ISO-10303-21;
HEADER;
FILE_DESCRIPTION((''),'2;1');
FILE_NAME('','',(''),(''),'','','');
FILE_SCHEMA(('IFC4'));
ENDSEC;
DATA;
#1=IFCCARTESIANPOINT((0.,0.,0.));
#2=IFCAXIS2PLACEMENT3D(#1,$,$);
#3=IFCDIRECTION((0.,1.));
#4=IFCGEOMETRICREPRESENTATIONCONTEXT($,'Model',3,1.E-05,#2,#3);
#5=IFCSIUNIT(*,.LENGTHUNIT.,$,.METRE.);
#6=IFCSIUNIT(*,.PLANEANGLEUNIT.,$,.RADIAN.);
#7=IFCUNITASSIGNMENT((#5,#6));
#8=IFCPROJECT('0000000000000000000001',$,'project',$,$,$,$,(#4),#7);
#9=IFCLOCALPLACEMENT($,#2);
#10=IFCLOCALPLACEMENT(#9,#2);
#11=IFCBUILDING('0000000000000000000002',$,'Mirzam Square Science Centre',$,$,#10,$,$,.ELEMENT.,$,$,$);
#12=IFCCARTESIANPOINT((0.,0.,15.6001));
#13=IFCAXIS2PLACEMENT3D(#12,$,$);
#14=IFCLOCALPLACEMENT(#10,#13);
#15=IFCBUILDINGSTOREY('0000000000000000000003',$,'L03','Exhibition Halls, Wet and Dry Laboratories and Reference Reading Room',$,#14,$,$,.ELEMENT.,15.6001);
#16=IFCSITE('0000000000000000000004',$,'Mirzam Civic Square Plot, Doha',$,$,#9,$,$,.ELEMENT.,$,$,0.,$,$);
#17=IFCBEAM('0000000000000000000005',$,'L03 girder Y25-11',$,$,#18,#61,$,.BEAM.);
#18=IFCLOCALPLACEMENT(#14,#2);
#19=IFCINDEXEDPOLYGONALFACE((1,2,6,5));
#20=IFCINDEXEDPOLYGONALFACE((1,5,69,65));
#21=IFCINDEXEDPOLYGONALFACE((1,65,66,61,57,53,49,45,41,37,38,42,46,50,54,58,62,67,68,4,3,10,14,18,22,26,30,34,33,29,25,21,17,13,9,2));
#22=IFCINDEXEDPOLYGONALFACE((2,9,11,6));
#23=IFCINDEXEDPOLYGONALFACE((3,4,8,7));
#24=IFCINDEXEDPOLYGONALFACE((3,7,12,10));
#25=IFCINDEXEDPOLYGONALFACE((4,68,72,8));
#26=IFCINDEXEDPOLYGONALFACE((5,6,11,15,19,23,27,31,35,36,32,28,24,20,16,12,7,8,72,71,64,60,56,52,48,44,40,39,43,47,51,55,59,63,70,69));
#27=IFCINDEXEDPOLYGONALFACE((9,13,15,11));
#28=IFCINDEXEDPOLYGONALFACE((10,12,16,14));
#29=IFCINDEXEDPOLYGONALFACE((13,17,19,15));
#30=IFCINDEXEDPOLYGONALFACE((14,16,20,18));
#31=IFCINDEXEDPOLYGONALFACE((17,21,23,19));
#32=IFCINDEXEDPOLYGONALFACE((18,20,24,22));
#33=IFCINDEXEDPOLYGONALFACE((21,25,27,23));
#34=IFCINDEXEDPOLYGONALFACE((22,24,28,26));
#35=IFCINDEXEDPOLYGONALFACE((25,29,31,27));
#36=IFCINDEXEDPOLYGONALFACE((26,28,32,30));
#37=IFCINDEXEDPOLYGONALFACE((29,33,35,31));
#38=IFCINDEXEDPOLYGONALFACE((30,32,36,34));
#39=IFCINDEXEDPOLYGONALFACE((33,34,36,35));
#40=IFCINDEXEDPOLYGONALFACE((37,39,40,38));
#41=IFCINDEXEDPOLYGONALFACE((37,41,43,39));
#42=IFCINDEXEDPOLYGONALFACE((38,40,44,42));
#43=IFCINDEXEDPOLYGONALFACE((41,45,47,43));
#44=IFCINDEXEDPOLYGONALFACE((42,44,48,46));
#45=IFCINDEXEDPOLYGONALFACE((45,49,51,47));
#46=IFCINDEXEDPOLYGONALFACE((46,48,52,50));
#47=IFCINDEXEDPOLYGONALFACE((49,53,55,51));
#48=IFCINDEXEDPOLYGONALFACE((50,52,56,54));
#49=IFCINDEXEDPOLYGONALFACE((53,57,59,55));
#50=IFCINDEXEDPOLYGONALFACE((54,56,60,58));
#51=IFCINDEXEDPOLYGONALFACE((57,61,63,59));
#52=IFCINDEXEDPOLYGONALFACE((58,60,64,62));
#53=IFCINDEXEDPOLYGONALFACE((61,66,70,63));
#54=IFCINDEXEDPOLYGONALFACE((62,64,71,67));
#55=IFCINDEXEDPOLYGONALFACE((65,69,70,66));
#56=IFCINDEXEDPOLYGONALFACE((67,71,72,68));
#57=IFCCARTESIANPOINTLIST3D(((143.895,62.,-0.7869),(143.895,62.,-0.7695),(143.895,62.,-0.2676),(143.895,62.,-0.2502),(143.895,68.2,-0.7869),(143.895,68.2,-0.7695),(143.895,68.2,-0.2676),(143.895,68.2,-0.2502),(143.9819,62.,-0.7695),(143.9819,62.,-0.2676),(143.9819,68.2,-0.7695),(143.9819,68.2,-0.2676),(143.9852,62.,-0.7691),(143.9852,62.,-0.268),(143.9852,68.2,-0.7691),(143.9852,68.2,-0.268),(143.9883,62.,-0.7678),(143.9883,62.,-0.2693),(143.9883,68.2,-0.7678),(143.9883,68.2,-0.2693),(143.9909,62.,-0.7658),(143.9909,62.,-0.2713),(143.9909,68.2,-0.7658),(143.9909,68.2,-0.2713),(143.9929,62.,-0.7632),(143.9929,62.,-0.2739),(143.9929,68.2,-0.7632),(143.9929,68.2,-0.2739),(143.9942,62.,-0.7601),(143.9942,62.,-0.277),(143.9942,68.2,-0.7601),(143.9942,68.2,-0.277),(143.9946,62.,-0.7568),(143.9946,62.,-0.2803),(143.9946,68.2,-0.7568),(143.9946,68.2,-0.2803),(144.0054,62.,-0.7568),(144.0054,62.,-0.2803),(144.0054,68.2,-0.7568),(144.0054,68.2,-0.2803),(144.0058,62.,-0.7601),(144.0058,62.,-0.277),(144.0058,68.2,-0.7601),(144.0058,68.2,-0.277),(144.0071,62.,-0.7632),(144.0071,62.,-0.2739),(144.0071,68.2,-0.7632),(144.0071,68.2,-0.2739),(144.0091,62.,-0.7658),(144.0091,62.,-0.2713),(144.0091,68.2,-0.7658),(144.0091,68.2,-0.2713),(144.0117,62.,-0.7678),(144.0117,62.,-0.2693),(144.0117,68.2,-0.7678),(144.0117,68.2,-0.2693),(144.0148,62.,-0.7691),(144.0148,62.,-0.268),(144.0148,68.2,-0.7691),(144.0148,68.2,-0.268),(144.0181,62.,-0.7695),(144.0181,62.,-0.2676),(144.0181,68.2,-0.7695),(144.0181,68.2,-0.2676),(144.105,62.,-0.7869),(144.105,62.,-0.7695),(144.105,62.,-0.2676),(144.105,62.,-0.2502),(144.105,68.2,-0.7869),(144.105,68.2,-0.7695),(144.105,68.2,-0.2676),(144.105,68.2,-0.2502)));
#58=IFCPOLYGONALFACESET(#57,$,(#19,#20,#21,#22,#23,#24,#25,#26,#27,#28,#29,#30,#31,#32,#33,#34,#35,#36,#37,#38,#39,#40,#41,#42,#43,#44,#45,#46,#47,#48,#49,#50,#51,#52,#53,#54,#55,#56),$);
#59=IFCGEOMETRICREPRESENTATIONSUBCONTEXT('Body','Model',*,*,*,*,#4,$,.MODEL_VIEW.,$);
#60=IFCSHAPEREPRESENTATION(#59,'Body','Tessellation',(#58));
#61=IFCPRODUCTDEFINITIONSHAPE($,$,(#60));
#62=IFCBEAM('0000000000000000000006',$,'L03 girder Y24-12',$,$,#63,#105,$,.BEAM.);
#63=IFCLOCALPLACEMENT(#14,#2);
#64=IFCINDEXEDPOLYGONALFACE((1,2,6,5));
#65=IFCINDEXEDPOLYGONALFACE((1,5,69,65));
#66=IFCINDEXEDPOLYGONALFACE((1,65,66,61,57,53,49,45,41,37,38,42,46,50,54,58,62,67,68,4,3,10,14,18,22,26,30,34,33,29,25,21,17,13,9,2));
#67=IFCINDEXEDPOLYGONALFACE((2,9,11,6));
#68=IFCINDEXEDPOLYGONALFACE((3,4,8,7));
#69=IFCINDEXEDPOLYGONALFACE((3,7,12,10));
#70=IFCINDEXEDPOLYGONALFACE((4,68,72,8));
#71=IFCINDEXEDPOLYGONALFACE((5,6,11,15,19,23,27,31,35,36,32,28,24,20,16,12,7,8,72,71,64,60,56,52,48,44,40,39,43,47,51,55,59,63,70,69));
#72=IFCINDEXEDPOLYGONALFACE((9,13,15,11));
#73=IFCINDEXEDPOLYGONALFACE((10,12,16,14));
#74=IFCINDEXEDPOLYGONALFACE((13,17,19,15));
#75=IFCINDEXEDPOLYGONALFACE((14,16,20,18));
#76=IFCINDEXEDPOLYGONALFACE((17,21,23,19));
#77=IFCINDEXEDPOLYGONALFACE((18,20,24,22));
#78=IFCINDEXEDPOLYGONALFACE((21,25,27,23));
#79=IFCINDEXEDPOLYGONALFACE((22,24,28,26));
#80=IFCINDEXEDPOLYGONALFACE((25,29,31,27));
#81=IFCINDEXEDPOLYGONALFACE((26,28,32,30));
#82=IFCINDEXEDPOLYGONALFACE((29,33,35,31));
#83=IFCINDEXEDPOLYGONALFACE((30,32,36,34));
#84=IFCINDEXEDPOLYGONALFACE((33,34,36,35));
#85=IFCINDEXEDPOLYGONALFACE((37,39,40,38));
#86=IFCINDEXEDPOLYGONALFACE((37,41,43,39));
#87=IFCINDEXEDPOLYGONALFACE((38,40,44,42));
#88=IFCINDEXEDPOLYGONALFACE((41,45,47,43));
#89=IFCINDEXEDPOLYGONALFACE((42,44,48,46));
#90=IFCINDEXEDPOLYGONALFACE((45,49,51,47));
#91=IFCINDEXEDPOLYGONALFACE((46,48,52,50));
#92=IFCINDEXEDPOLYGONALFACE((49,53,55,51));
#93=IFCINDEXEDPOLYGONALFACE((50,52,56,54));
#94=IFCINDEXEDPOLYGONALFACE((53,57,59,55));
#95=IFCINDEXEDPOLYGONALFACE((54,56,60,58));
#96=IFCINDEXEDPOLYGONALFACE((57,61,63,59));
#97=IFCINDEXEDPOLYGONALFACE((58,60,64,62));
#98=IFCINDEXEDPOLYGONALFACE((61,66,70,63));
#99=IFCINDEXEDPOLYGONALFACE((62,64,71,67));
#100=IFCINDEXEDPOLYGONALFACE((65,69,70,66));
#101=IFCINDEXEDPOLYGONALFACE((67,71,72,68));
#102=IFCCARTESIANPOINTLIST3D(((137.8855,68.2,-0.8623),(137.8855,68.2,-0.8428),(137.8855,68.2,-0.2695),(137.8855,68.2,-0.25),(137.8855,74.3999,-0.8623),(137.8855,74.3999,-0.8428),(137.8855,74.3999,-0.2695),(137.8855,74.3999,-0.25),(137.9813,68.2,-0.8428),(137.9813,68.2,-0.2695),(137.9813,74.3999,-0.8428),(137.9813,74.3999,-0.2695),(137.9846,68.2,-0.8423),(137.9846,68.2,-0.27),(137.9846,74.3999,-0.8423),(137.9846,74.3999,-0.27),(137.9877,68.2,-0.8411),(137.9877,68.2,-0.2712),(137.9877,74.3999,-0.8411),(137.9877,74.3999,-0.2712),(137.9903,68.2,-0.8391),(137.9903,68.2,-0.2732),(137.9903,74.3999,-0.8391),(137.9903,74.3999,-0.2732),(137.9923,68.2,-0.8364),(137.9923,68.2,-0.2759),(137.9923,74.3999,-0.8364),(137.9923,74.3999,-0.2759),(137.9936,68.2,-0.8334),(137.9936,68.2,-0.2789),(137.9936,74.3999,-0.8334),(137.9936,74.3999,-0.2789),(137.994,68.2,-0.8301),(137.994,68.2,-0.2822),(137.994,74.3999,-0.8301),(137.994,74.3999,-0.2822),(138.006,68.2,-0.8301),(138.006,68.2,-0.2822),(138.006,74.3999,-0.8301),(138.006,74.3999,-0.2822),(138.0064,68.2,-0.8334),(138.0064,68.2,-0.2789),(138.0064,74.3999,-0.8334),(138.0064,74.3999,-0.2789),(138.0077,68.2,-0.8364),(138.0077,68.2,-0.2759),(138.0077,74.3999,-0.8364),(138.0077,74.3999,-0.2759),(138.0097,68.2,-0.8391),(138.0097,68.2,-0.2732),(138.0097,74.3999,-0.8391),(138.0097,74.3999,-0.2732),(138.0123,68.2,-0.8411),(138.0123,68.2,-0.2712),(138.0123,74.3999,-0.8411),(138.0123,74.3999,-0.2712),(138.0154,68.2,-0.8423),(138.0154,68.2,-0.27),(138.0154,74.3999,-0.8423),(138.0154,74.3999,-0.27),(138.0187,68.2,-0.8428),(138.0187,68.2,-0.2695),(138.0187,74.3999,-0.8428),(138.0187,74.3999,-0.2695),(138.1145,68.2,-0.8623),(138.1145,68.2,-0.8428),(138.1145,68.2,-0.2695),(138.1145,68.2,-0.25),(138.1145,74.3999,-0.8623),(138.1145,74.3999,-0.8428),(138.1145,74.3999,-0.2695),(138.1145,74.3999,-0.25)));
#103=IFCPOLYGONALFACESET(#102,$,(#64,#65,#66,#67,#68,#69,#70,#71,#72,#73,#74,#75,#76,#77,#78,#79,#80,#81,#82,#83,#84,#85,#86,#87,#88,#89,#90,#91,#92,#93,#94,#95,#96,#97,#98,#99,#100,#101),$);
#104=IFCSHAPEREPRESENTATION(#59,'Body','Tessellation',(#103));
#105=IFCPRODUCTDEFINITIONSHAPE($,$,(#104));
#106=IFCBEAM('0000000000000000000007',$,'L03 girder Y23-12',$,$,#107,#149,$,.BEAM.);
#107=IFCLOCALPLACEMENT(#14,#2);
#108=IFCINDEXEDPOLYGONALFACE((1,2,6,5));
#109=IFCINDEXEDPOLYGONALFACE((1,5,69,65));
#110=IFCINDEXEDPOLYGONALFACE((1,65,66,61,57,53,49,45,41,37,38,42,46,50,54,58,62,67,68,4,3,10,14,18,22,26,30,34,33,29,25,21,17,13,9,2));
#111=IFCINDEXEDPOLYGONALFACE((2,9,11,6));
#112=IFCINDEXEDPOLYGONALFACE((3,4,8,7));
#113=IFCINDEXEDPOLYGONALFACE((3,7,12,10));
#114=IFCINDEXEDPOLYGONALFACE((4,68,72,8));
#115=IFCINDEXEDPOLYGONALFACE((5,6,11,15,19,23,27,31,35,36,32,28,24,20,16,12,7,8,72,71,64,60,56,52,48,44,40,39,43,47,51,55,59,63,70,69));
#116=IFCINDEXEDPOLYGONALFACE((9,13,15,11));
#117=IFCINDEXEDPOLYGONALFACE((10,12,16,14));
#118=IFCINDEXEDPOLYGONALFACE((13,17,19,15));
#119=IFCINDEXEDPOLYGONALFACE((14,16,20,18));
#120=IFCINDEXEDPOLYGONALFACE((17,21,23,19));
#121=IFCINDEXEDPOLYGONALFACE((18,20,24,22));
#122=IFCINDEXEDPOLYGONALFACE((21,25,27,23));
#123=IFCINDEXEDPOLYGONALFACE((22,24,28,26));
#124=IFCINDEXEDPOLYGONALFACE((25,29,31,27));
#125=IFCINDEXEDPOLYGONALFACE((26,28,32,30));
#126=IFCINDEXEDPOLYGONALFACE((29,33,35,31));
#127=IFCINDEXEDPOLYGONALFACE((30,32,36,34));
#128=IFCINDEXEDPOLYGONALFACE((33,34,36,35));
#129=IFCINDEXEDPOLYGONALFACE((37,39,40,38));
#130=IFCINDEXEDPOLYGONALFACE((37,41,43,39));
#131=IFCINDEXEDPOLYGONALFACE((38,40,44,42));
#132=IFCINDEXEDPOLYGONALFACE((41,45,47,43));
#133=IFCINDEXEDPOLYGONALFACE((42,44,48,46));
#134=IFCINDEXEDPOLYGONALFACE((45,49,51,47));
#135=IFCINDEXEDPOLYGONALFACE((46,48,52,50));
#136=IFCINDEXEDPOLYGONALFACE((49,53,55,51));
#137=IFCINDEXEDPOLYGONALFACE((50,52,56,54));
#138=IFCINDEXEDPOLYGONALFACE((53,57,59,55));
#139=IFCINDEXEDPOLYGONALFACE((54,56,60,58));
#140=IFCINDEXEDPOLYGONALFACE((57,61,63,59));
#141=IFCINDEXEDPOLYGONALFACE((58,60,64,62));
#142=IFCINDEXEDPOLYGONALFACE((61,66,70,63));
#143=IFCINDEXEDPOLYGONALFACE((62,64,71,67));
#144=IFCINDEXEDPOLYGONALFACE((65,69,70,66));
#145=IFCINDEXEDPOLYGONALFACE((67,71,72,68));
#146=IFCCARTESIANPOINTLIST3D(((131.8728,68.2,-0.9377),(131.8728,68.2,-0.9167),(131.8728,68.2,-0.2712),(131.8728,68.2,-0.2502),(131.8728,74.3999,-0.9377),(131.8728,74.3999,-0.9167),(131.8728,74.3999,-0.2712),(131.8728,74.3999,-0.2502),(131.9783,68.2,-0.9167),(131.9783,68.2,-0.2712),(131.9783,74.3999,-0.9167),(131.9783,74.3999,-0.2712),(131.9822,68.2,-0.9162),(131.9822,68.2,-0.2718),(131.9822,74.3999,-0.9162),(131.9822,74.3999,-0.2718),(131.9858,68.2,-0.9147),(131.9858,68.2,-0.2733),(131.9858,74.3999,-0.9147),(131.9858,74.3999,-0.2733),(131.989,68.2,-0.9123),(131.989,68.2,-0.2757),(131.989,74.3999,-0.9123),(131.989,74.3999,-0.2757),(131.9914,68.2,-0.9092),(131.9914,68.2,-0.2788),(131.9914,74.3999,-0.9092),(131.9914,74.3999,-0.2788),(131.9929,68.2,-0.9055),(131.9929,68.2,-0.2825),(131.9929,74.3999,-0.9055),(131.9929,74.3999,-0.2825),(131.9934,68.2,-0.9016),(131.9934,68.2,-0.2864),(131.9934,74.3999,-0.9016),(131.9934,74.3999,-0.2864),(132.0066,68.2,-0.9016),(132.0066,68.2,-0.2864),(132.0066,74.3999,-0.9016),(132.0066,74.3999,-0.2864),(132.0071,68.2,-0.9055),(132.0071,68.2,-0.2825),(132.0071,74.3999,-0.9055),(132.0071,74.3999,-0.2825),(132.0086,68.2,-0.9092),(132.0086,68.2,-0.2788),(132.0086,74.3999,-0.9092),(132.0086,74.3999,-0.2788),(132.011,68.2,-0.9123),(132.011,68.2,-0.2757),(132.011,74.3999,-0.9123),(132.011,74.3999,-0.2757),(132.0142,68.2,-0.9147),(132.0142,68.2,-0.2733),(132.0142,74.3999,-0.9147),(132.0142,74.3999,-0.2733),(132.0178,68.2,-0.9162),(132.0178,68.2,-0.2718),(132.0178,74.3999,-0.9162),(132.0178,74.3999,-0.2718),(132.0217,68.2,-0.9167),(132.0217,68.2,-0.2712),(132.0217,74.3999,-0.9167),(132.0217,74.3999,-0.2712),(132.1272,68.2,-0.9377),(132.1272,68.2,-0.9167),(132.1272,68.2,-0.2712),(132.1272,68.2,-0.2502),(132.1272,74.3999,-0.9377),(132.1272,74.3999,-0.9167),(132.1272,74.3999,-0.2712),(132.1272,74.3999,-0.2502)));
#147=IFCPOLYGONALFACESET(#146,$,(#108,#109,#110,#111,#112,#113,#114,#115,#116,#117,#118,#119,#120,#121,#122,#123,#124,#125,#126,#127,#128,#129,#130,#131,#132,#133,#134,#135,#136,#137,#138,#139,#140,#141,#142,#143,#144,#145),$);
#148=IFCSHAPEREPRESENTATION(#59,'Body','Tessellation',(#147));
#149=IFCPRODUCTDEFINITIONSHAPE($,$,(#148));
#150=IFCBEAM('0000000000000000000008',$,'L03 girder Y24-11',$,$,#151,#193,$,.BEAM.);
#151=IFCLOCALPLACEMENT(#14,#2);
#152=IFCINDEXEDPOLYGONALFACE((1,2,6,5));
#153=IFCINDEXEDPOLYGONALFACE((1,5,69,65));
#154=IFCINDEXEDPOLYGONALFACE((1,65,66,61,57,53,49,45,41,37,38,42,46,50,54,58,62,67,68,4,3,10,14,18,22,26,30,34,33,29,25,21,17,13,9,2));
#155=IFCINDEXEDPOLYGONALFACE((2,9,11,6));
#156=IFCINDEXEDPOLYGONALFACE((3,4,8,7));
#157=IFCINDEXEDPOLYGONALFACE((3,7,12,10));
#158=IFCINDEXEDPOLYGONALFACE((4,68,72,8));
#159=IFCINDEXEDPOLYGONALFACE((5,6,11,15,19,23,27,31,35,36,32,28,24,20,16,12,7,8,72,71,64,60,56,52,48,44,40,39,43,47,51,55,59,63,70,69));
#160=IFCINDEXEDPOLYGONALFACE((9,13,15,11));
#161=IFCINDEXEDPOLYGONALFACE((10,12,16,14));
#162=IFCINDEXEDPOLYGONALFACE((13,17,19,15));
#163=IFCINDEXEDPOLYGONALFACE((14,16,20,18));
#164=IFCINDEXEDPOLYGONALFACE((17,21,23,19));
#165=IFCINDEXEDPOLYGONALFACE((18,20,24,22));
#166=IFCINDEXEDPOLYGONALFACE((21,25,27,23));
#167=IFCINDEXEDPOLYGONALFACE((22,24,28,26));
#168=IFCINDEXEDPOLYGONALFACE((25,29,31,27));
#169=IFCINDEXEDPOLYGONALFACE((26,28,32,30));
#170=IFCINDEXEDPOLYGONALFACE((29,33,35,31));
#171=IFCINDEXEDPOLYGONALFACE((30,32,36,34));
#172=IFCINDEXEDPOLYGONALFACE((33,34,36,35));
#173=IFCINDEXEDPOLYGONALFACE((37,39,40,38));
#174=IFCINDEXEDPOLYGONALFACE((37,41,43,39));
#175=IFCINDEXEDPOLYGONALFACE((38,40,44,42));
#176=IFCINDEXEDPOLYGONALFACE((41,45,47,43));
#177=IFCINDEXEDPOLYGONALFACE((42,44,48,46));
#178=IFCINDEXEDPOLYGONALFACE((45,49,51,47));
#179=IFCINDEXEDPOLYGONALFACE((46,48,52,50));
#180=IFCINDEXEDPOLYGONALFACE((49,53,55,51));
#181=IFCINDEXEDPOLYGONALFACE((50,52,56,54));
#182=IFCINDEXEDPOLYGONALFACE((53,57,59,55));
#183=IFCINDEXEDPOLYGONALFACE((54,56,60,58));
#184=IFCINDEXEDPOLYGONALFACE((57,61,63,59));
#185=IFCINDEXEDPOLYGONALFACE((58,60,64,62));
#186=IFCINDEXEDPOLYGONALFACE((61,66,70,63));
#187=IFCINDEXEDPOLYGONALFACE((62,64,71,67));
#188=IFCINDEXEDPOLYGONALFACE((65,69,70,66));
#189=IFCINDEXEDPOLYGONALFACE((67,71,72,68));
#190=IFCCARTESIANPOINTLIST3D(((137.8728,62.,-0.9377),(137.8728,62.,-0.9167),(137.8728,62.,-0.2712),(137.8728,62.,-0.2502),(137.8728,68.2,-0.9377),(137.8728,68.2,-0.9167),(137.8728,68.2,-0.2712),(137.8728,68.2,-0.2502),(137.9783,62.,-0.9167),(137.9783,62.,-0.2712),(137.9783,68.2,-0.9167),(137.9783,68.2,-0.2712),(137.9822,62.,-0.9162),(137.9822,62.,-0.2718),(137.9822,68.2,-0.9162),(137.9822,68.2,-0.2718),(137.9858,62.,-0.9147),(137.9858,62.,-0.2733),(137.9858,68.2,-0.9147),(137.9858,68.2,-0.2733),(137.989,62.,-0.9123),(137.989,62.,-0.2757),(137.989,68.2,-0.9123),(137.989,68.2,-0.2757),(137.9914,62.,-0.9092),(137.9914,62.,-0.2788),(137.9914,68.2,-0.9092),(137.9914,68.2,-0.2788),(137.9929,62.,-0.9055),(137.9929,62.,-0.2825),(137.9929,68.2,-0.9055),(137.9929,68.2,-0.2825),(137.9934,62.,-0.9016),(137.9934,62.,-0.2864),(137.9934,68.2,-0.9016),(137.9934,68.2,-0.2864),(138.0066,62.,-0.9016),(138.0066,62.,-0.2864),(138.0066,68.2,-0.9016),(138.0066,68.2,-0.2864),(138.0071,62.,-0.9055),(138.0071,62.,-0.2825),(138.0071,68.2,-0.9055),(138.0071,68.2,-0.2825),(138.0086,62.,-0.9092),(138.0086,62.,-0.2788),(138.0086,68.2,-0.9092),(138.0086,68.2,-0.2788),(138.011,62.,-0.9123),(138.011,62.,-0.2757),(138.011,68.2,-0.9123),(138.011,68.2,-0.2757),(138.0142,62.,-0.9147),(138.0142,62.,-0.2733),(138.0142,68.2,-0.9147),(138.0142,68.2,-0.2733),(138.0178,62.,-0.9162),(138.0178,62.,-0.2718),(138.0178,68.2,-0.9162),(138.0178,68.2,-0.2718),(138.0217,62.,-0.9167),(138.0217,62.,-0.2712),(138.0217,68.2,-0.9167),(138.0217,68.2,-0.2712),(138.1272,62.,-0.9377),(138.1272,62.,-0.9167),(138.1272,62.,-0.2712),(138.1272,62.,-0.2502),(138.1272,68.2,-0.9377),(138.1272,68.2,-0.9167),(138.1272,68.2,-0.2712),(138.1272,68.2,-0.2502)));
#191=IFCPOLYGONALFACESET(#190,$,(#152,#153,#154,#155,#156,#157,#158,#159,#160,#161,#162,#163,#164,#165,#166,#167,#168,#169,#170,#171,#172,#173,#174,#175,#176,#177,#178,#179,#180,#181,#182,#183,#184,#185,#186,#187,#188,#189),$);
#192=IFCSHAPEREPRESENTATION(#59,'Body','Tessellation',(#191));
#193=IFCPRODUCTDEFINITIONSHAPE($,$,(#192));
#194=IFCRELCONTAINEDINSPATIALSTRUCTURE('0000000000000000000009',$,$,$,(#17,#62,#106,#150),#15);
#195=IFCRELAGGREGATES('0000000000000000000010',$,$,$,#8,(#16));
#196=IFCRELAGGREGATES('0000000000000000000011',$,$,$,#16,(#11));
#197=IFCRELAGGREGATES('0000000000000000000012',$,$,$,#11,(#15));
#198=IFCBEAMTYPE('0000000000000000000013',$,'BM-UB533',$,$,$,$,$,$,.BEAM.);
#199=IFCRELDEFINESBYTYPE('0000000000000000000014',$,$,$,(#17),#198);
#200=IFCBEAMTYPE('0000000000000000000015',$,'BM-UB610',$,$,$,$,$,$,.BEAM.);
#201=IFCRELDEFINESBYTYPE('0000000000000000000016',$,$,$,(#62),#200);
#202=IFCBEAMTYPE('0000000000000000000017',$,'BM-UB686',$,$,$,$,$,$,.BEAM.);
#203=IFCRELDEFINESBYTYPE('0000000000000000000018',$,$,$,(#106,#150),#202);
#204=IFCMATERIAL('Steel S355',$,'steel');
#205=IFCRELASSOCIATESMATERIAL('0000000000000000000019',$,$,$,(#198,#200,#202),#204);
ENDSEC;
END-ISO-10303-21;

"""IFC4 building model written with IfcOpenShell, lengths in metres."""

from ifc_helpers import new_model, si_unit, direction, frame, origin, origin_2d, place, context, subcontext, project, spatial, i_section, extrude, material, material_profile, profile_set, type_object, element, save


model = new_model("IFC4")

# Units and contexts
model_context = context("Model", 3, precision=1e-05, world=origin(), true_north=direction((0.0, 1.0)))
body_context = subcontext(model_context, "Body", "Model", "MODEL_VIEW")
ifc_project = project(units=[si_unit("LENGTHUNIT", "METRE"), si_unit("PLANEANGLEUNIT", "RADIAN")], contexts=[model_context])

# Site, building, storey
site_placement = place(None, origin())
site = spatial("IfcSite", under=ifc_project, at=site_placement, Name="Mirzam Civic Square Plot, Doha", CompositionType="ELEMENT", RefElevation=0.0)
building_placement = place(site_placement, origin())
building = spatial("IfcBuilding", under=site, at=building_placement, Name="Mirzam Square Science Centre", CompositionType="ELEMENT")
storey_placement = place(building_placement, frame((0.0, 0.0, 15.6001)))
storey = spatial("IfcBuildingStorey", under=building, at=storey_placement, Name="L03", Description="Exhibition Halls, Wet and Dry Laboratories and Reference Reading Room", CompositionType="ELEMENT", Elevation=15.6001)

# Shared definitions
ifc_material_1 = material(Name="Steel S355", Category="steel")

# Beams
ifc_material_profile_1 = material_profile(ifc_material_1, i_section(OverallWidth=0.21, OverallDepth=0.5366, WebThickness=0.0107, FlangeThickness=0.0173, FilletRadius=0.0127, at=origin_2d()), Name="533x210x101UB")
ifc_profile_set_1 = profile_set([ifc_material_profile_1], Name="Steel S355")
beam_type_1 = type_object("IfcBeamType", Name="BM-UB533", PredefinedType="BEAM", material=ifc_profile_set_1)
beam_1_placement = place(storey_placement, frame((144.0, 62.0, -0.5186), z_axis=(0.0, 1.0, 0.0), x_axis=(-1.0, 0.0, 0.0)))
element("IfcBeam", 1, at=beam_1_placement, inside=storey, type_object=beam_type_1, Name="L03 girder Y25-11", PredefinedType="BEAM", context=body_context, shape_type="SweptSolid", body=[
    extrude(i_section(OverallWidth=0.21, OverallDepth=0.5366, WebThickness=0.0107, FlangeThickness=0.0173, FilletRadius=0.0127, at=origin_2d()), origin(), (0.0, 0.0, 1.0), 6.2),
])
ifc_material_profile_2 = material_profile(ifc_material_1, i_section(OverallWidth=0.229, OverallDepth=0.6123, WebThickness=0.012, FlangeThickness=0.0195, FilletRadius=0.0127, at=origin_2d()), Name="610x229x125UB")
ifc_profile_set_2 = profile_set([ifc_material_profile_2], Name="Steel S355")
beam_type_2 = type_object("IfcBeamType", Name="BM-UB610", PredefinedType="BEAM", material=ifc_profile_set_2)
beam_2_placement = place(storey_placement, frame((138.0, 68.2, -0.5562), z_axis=(0.0, 1.0, 0.0), x_axis=(-1.0, 0.0, 0.0)))
element("IfcBeam", 2, at=beam_2_placement, inside=storey, type_object=beam_type_2, Name="L03 girder Y24-12", PredefinedType="BEAM", context=body_context, shape_type="SweptSolid", body=[
    extrude(i_section(OverallWidth=0.229, OverallDepth=0.6123, WebThickness=0.012, FlangeThickness=0.0195, FilletRadius=0.0127, at=origin_2d()), origin(), (0.0, 0.0, 1.0), 6.2),
])
ifc_material_profile_3 = material_profile(ifc_material_1, i_section(OverallWidth=0.2544, OverallDepth=0.6875, WebThickness=0.0132, FlangeThickness=0.021, FilletRadius=0.0151, at=origin_2d()), Name="686x254x152UB")
ifc_profile_set_3 = profile_set([ifc_material_profile_3], Name="Steel S355")
beam_type_3 = type_object("IfcBeamType", Name="BM-UB686", PredefinedType="BEAM", material=ifc_profile_set_3)
for number, where, z_axis, x_axis, name in (
    (3, (132.0, 68.2, -0.594), (0.0, 1.0, 0.0), (-1.0, 0.0, 0.0), "L03 girder Y23-12"),
    (4, (138.0, 62.0, -0.594), (0.0, 1.0, 0.0), (-1.0, 0.0, 0.0), "L03 girder Y24-11"),
):
    element("IfcBeam", number, at=place(storey_placement, frame(where, z_axis=z_axis, x_axis=x_axis)), inside=storey, type_object=beam_type_3, Name=name, PredefinedType="BEAM", context=body_context, shape_type="SweptSolid", body=[
        extrude(i_section(OverallWidth=0.2544, OverallDepth=0.6875, WebThickness=0.0132, FlangeThickness=0.021, FilletRadius=0.0151, at=origin_2d()), origin(), (0.0, 0.0, 1.0), 6.2),
    ])

save(model, "model.ifc")
